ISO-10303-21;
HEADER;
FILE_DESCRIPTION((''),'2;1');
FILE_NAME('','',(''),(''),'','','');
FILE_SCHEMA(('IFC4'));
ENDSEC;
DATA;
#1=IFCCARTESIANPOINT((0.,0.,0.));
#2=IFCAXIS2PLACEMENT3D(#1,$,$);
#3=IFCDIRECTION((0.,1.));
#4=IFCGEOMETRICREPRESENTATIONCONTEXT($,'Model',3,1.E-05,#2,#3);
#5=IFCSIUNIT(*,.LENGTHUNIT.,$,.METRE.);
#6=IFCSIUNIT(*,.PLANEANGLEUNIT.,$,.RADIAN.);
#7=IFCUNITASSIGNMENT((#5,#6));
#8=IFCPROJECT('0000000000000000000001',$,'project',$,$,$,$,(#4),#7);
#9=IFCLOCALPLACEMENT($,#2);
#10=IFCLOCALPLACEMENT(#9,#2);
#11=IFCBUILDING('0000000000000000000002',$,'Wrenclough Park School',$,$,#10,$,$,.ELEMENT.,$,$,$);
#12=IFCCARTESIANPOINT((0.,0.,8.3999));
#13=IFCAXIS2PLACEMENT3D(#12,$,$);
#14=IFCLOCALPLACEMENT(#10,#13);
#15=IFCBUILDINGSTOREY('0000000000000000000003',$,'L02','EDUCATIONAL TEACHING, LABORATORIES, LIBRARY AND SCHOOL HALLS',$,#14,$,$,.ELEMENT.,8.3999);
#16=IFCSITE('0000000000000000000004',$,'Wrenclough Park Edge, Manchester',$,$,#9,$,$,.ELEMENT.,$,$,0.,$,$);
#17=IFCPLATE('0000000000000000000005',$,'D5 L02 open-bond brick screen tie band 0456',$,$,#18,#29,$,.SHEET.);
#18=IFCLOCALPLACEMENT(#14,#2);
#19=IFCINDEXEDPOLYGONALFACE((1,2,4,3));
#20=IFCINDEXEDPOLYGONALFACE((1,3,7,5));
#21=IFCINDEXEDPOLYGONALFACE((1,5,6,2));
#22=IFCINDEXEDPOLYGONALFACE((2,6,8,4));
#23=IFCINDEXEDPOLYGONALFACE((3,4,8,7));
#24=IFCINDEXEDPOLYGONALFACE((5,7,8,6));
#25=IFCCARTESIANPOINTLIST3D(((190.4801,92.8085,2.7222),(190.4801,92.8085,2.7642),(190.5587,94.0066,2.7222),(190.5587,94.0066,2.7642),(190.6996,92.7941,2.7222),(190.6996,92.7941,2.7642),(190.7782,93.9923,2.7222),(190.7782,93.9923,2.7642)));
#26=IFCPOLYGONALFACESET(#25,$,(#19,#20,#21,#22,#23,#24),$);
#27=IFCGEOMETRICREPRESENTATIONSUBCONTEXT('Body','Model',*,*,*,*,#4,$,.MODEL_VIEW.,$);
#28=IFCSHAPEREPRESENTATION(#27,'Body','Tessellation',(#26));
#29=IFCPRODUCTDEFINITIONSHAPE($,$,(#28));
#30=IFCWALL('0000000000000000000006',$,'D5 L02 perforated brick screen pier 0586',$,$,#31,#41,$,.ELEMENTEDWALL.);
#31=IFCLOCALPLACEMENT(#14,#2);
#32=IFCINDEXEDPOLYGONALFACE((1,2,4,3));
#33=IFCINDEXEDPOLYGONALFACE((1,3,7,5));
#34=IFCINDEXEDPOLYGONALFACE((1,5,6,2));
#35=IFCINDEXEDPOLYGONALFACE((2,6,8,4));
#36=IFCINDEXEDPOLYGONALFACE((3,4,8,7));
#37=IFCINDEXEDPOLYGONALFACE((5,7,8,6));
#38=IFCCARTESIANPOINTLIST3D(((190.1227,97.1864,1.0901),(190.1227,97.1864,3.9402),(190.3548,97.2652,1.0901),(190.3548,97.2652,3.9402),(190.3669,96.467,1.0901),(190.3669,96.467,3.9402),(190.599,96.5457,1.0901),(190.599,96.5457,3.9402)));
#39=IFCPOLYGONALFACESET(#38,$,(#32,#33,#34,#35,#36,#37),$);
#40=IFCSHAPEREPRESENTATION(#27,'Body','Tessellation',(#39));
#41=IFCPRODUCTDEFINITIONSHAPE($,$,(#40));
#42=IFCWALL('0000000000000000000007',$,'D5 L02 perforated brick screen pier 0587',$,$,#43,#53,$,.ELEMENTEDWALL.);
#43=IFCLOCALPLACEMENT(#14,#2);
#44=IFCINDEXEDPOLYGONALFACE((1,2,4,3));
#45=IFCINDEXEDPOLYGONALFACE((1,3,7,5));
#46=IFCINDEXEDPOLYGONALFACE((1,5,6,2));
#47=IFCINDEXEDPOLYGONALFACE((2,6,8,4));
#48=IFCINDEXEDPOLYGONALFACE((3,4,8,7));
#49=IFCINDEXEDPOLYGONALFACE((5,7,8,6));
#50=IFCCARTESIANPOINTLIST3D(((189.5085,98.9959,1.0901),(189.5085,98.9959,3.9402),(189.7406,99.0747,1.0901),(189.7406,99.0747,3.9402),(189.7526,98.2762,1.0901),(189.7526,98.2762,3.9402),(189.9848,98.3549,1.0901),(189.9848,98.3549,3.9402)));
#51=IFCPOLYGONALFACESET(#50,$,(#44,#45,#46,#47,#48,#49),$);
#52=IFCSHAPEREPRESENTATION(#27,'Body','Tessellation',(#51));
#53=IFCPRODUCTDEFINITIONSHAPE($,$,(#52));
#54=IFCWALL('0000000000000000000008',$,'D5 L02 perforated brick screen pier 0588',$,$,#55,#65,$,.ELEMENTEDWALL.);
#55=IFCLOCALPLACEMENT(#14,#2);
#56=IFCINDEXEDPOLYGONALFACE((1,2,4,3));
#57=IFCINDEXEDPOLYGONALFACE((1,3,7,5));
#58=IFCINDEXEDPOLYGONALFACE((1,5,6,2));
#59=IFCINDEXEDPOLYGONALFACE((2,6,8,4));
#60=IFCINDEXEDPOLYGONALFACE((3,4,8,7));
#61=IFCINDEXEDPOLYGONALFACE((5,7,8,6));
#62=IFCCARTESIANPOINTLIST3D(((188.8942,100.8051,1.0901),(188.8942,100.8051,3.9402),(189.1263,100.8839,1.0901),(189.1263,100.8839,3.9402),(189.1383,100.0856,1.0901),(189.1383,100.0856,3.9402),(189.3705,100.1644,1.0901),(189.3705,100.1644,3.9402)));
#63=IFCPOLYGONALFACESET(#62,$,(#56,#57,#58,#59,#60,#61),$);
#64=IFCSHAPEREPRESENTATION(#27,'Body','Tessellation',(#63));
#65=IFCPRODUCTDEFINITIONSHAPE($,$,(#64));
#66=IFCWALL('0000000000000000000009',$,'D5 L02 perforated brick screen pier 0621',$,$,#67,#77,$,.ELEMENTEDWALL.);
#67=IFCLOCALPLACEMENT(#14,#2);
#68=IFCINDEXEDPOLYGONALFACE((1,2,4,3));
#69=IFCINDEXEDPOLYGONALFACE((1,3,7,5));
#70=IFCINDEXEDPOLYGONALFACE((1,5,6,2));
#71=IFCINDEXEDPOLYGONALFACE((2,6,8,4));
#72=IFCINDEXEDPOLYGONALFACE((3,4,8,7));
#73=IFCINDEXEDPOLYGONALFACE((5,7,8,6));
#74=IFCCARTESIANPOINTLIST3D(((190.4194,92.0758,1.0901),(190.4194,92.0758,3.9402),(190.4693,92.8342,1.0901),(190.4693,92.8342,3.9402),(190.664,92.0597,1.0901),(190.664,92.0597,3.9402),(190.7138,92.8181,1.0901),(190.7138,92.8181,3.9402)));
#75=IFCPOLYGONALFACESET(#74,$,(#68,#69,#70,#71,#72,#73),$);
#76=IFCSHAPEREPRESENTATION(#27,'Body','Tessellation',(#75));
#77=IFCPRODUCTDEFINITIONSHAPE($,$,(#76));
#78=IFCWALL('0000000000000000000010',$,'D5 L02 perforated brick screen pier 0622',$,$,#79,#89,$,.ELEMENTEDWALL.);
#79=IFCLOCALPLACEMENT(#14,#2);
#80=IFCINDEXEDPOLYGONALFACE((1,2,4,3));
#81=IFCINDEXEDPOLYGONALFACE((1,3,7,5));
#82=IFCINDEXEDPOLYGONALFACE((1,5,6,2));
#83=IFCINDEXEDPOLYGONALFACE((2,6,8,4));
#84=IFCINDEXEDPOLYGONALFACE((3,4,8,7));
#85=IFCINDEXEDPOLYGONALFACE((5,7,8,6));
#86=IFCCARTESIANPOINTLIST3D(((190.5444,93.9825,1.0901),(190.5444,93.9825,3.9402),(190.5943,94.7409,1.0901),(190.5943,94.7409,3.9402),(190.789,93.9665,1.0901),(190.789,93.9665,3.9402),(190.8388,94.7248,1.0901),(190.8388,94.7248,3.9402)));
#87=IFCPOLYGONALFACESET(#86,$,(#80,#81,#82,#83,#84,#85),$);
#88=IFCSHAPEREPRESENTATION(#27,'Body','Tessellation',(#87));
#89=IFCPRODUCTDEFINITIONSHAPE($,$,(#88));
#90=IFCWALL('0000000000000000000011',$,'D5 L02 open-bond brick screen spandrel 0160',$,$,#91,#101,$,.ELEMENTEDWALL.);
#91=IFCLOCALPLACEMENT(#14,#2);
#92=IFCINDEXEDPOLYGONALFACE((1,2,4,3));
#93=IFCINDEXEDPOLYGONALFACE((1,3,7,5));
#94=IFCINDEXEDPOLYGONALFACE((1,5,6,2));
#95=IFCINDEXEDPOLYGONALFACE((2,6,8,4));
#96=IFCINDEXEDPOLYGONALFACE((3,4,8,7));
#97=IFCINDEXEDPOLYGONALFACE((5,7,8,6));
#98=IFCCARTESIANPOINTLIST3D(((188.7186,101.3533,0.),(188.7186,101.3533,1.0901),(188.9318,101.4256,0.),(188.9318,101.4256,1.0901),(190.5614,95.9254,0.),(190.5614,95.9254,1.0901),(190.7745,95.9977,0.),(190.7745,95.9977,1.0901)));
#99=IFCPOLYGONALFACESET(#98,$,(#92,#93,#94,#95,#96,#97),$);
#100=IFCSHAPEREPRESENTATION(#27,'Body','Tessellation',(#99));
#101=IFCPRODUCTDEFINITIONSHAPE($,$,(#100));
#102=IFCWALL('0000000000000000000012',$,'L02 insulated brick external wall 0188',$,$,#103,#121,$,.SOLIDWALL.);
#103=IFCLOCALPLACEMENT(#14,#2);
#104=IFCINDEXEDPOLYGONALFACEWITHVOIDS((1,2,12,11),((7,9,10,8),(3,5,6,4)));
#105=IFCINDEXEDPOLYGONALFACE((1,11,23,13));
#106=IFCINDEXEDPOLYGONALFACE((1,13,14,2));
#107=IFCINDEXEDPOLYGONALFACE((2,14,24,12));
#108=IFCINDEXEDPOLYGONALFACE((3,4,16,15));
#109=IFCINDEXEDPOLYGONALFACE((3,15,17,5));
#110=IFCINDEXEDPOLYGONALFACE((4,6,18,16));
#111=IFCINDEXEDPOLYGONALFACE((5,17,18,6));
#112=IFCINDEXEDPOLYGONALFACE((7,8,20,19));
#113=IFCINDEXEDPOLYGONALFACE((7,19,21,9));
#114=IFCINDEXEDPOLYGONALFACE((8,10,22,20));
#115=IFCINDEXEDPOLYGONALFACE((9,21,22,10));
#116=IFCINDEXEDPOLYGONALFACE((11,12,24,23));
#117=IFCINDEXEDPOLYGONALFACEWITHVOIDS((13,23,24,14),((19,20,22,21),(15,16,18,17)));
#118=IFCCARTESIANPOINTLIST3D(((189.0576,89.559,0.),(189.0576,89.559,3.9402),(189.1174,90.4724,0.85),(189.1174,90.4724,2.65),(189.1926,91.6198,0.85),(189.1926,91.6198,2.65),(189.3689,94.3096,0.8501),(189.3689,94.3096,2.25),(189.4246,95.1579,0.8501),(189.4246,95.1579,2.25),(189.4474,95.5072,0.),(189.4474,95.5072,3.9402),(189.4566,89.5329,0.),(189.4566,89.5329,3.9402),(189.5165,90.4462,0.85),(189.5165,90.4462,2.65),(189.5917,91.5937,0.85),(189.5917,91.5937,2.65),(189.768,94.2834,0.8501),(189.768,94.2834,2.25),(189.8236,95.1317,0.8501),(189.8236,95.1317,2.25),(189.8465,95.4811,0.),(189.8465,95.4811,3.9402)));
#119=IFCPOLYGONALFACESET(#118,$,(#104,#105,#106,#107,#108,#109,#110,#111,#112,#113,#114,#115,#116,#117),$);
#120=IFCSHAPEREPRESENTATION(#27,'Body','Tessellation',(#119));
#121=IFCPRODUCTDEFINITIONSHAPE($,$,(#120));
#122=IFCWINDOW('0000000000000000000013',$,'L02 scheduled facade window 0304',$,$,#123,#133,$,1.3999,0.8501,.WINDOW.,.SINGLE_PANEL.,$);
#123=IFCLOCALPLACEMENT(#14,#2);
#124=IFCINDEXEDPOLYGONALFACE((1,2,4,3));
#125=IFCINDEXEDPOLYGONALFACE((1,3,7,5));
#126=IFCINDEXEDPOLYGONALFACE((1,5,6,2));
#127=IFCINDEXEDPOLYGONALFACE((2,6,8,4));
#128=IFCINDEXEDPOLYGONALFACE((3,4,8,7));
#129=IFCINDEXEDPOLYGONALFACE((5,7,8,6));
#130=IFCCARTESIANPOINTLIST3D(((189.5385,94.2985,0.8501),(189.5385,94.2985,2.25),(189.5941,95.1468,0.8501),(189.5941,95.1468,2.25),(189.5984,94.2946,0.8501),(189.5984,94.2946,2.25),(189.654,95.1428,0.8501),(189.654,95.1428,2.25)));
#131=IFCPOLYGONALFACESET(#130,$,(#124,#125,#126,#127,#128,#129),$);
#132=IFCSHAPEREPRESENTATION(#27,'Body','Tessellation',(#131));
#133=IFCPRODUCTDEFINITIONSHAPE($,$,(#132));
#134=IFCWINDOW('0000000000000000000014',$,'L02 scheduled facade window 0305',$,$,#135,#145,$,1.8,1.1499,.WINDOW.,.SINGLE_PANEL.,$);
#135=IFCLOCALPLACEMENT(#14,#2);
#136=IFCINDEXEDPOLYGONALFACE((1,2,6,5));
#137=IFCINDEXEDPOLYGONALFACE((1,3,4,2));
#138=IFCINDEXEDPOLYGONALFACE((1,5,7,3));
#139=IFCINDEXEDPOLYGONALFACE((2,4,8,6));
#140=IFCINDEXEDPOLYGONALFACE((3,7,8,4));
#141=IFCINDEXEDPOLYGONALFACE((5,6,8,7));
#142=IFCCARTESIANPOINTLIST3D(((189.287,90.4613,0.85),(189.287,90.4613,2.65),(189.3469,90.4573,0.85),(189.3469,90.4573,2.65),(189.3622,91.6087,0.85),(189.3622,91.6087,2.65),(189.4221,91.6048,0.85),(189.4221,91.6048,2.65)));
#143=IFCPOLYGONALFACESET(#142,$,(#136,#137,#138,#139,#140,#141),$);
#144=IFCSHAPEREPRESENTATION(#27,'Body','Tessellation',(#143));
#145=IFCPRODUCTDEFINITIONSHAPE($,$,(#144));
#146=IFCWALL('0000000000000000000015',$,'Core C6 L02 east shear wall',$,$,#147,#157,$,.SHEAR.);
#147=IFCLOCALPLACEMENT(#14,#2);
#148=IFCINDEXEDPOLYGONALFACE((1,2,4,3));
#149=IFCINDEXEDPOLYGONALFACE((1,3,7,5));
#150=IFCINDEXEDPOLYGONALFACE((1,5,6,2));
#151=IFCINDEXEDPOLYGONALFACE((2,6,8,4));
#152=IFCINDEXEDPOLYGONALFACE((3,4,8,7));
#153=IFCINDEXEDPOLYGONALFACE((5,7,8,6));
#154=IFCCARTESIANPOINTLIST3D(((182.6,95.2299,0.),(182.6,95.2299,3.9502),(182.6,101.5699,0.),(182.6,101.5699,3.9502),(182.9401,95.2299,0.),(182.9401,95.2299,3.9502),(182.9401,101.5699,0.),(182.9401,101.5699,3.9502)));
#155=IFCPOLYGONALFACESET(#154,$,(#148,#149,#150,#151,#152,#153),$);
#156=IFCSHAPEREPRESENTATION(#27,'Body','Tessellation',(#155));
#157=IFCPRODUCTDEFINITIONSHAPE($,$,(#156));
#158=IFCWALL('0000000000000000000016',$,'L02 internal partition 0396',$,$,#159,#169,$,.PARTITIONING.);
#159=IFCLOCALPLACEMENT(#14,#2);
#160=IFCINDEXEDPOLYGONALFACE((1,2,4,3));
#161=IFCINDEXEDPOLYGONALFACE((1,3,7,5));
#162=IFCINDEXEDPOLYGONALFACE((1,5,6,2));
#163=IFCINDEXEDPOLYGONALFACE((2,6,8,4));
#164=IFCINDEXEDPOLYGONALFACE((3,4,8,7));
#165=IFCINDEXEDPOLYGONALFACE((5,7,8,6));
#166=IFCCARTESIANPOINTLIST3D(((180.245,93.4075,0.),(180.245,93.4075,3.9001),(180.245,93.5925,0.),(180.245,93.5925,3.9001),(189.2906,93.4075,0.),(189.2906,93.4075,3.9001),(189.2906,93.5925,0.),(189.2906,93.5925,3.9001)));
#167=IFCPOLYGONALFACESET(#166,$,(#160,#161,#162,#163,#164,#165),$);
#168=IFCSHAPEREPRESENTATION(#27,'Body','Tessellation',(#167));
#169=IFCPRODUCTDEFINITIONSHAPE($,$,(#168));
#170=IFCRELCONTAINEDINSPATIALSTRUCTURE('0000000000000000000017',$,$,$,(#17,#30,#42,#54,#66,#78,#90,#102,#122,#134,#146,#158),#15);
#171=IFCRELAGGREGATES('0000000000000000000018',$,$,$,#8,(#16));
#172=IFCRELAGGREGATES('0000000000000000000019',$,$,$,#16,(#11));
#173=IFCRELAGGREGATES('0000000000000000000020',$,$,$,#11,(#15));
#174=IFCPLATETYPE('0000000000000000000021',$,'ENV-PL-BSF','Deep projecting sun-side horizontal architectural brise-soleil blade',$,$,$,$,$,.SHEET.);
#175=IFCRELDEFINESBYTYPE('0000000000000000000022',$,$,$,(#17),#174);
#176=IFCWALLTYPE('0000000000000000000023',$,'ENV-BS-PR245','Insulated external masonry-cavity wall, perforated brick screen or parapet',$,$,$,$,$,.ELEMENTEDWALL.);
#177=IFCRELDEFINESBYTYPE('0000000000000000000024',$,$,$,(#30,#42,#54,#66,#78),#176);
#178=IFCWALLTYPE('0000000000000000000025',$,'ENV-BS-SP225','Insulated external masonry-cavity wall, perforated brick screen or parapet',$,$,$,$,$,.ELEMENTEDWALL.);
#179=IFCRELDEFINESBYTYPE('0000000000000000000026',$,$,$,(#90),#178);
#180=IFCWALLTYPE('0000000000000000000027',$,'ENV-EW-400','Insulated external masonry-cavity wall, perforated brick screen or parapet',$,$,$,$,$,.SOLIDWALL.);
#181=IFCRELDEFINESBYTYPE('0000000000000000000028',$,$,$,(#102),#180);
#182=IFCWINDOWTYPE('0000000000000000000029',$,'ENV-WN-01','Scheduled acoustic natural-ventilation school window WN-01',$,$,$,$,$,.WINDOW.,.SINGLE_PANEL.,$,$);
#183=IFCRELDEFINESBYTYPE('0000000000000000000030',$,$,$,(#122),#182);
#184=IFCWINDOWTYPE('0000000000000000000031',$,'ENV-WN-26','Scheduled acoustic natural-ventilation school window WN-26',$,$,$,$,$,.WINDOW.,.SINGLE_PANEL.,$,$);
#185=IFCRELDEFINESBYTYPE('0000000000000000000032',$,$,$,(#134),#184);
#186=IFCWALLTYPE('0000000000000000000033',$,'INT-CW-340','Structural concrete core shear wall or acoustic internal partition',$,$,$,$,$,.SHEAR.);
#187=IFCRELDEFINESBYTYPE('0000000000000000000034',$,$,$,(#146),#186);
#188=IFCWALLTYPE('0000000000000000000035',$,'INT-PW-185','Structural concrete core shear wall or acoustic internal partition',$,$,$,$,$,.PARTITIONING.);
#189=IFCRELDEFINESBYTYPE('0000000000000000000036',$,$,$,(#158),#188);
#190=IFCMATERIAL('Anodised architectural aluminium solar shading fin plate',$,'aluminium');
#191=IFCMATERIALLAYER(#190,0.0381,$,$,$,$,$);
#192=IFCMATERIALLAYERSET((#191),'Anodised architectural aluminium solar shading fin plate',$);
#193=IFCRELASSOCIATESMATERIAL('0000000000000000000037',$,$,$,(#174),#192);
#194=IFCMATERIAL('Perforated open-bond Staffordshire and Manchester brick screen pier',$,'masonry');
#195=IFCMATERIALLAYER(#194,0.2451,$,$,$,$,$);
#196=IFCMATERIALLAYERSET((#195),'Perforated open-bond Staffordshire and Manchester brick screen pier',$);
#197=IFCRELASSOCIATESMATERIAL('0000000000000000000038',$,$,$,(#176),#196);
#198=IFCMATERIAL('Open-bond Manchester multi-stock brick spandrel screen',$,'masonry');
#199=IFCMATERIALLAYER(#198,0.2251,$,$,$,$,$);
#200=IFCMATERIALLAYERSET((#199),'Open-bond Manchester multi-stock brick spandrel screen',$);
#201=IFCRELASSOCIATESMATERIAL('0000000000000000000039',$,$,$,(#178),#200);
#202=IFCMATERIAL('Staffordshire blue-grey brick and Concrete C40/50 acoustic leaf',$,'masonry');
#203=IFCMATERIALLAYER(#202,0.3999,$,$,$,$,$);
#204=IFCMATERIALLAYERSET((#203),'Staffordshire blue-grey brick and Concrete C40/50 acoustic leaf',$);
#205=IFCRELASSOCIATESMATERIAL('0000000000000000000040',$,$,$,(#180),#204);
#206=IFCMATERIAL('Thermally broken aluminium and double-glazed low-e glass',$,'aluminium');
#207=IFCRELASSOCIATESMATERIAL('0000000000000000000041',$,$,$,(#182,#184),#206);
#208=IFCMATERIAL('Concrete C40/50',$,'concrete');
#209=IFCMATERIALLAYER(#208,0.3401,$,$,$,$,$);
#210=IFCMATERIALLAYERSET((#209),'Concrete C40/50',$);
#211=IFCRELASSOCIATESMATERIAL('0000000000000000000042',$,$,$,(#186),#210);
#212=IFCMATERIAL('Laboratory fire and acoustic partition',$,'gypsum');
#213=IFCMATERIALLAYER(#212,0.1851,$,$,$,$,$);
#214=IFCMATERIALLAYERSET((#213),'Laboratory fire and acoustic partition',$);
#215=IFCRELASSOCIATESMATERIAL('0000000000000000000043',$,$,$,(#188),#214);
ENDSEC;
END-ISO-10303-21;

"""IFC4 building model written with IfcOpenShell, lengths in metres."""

from ifc_helpers import new_model, si_unit, direction, frame, frame_2d, origin, origin_2d, place, context, subcontext, project, spatial, rectangle, extrude, material, layer, layer_set, type_object, element, fill, save


model = new_model("IFC4")

# Units and contexts
model_context = context("Model", 3, precision=1e-05, world=origin(), true_north=direction((0.0, 1.0)))
body_context = subcontext(model_context, "Body", "Model", "MODEL_VIEW")
ifc_project = project(units=[si_unit("LENGTHUNIT", "METRE"), si_unit("PLANEANGLEUNIT", "RADIAN")], contexts=[model_context])

# Site, building, storey
site_placement = place(None, origin())
site = spatial("IfcSite", under=ifc_project, at=site_placement, Name="Wrenclough Park Edge, Manchester", CompositionType="ELEMENT", RefElevation=0.0)
building_placement = place(site_placement, origin())
building = spatial("IfcBuilding", under=site, at=building_placement, Name="Wrenclough Park School", CompositionType="ELEMENT")
storey_placement = place(building_placement, frame((0.0, 0.0, 8.3999)))
storey = spatial("IfcBuildingStorey", under=building, at=storey_placement, Name="L02", Description="EDUCATIONAL TEACHING, LABORATORIES, LIBRARY AND SCHOOL HALLS", CompositionType="ELEMENT", Elevation=8.3999)

# Shared definitions
ifc_material_1 = material(Name="Concrete C40/50", Category="concrete")

# Plate
ifc_material_2 = material(Name="Anodised architectural aluminium solar shading fin plate", Category="aluminium")
ifc_layer_1 = layer(ifc_material_2, 0.0381)
ifc_layer_set_1 = layer_set([ifc_layer_1], Name="Anodised architectural aluminium solar shading fin plate")
plate_type = type_object("IfcPlateType", Name="ENV-PL-BSF", Description="Deep projecting sun-side horizontal architectural brise-soleil blade", PredefinedType="SHEET", material=ifc_layer_set_1)
for number, where, z_axis, x_axis, name in (
    (1, (190.6292, 93.4004, 2.7222), (0.0, 0.0, 1.0), (0.065417, 0.997858, 0.0), "D5 L02 open-bond brick screen tie band 0456"),
):
    element("IfcPlate", number, at=place(storey_placement, frame(where, z_axis=z_axis, x_axis=x_axis)), inside=storey, type_object=plate_type, Name=name, PredefinedType="SHEET", context=body_context, shape_type="SweptSolid", body=[
        extrude(rectangle(XDim=1.2007, YDim=0.22, at=origin_2d()), origin(), (0.0, 0.0, 1.0), 0.042),
    ])

# Walls
ifc_material_3 = material(Name="Perforated open-bond Staffordshire and Manchester brick screen pier", Category="masonry")
ifc_layer_2 = layer(ifc_material_3, 0.2451)
ifc_layer_set_2 = layer_set([ifc_layer_2], Name="Perforated open-bond Staffordshire and Manchester brick screen pier")
wall_type_1 = type_object("IfcWallType", Name="ENV-BS-PR245", Description="Insulated external masonry-cavity wall, perforated brick screen or parapet", PredefinedType="ELEMENTEDWALL", material=ifc_layer_set_2)
wall_1_placement = place(storey_placement, frame((190.4829, 96.5063, 1.0901), z_axis=(0.0, 0.0, 1.0), x_axis=(-0.321332, 0.946966, 0.0)))
element("IfcWall", 2, at=wall_1_placement, inside=storey, type_object=wall_type_1, Name="D5 L02 perforated brick screen pier 0586", PredefinedType="ELEMENTEDWALL", context=body_context, shape_type="SweptSolid", body=[
    extrude(rectangle(XDim=0.7598, YDim=0.2451, at=frame_2d((0.3799, 0.0))), origin(), (0.0, 0.0, 1.0), 2.8501),
])
wall_2_placement = place(storey_placement, frame((189.8687, 98.3157, 1.0901), z_axis=(0.0, 0.0, 1.0), x_axis=(-0.321235, 0.947, 0.0)))
element("IfcWall", 3, at=wall_2_placement, inside=storey, type_object=wall_type_1, Name="D5 L02 perforated brick screen pier 0587", PredefinedType="ELEMENTEDWALL", context=body_context, shape_type="SweptSolid", body=[
    extrude(rectangle(XDim=0.76, YDim=0.2451, at=frame_2d((0.3799, 0.0))), origin(), (0.0, 0.0, 1.0), 2.8501),
])
wall_3_placement = place(storey_placement, frame((189.2544, 100.125, 1.0901), z_axis=(0.0, 0.0, 1.0), x_axis=(-0.321332, 0.946966, 0.0)))
element("IfcWall", 4, at=wall_3_placement, inside=storey, type_object=wall_type_1, Name="D5 L02 perforated brick screen pier 0588", PredefinedType="ELEMENTEDWALL", context=body_context, shape_type="SweptSolid", body=[
    extrude(rectangle(XDim=0.7598, YDim=0.2451, at=frame_2d((0.3799, 0.0))), origin(), (0.0, 0.0, 1.0), 2.8501),
])
for number, where, z_axis, x_axis, name in (
    (5, (190.5417, 92.0679, 1.0901), (0.0, 0.0, 1.0), (0.065538, 0.99785, 0.0), "D5 L02 perforated brick screen pier 0621"),
    (6, (190.6667, 93.9746, 1.0901), (0.0, 0.0, 1.0), (0.065538, 0.99785, 0.0), "D5 L02 perforated brick screen pier 0622"),
):
    element("IfcWall", number, at=place(storey_placement, frame(where, z_axis=z_axis, x_axis=x_axis)), inside=storey, type_object=wall_type_1, Name=name, PredefinedType="ELEMENTEDWALL", context=body_context, shape_type="SweptSolid", body=[
        extrude(rectangle(XDim=0.76, YDim=0.2451, at=frame_2d((0.3799, 0.0))), origin(), (0.0, 0.0, 1.0), 2.8501),
    ])
ifc_material_4 = material(Name="Open-bond Manchester multi-stock brick spandrel screen", Category="masonry")
ifc_layer_3 = layer(ifc_material_4, 0.2251)
ifc_layer_set_3 = layer_set([ifc_layer_3], Name="Open-bond Manchester multi-stock brick spandrel screen")
wall_type_2 = type_object("IfcWallType", Name="ENV-BS-SP225", Description="Insulated external masonry-cavity wall, perforated brick screen or parapet", PredefinedType="ELEMENTEDWALL", material=ifc_layer_set_3)
wall_4_placement = place(storey_placement, frame((190.668, 95.9614, 0.0), z_axis=(0.0, 0.0, 1.0), x_axis=(-0.321474, 0.946918, 0.0)))
element("IfcWall", 7, at=wall_4_placement, inside=storey, type_object=wall_type_2, Name="D5 L02 open-bond brick screen spandrel 0160", PredefinedType="ELEMENTEDWALL", context=body_context, shape_type="SweptSolid", body=[
    extrude(rectangle(XDim=5.7322, YDim=0.2251, at=frame_2d((2.8662, 0.0))), origin(), (0.0, 0.0, 1.0), 1.0901),
])

# Wall, openings, windows
ifc_material_5 = material(Name="Staffordshire blue-grey brick and Concrete C40/50 acoustic leaf", Category="masonry")
ifc_layer_4 = layer(ifc_material_5, 0.3999)
ifc_layer_set_4 = layer_set([ifc_layer_4], Name="Staffordshire blue-grey brick and Concrete C40/50 acoustic leaf")
wall_type_3 = type_object("IfcWallType", Name="ENV-EW-400", Description="Insulated external masonry-cavity wall, perforated brick screen or parapet", PredefinedType="SOLIDWALL", material=ifc_layer_set_4)
wall_5_placement = place(storey_placement, frame((189.647, 95.4941, 0.0), z_axis=(0.0, 0.0, 1.0), x_axis=(-0.065407, -0.997859, 0.0)))
wall_5 = element("IfcWall", 8, at=wall_5_placement, inside=storey, type_object=wall_type_3, Name="L02 insulated brick external wall 0188", PredefinedType="SOLIDWALL", context=body_context, shape_type="SweptSolid", body=[
    extrude(rectangle(XDim=5.9609, YDim=0.3999, at=frame_2d((2.9805, 0.0))), origin(), (0.0, 0.0, 1.0), 3.9402),
])
opening_1_placement = place(wall_5_placement, frame((0.3501, 0.0, 0.8501)))
opening_1 = element("IfcOpeningElement", 9, at=opening_1_placement, cuts=wall_5, PredefinedType="OPENING", context=body_context, shape_type="SweptSolid", body=[
    extrude(rectangle(XDim=0.8501, YDim=1.3999, at=frame_2d((0.425, 0.7))), frame((0.0, 0.21, 0.0), z_axis=(0.0, -1.0, 0.0), x_axis=(1.0, 0.0, 0.0)), (0.0, 0.0, 1.0), 0.4199),
])
opening_2_placement = place(wall_5_placement, frame((3.8958, 0.0, 0.8501)))
opening_2 = element("IfcOpeningElement", 10, at=opening_2_placement, cuts=wall_5, PredefinedType="OPENING", context=body_context, shape_type="SweptSolid", body=[
    extrude(rectangle(XDim=1.1499, YDim=1.8, at=frame_2d((0.575, 0.8999))), frame((0.0, 0.21, 0.0), z_axis=(0.0, -1.0, 0.0), x_axis=(1.0, 0.0, 0.0)), (0.0, 0.0, 1.0), 0.4199),
])
ifc_material_6 = material(Name="Thermally broken aluminium and double-glazed low-e glass", Category="aluminium")
window_type_1 = type_object("IfcWindowType", Name="ENV-WN-01", Description="Scheduled acoustic natural-ventilation school window WN-01", PartitioningType="SINGLE_PANEL", PredefinedType="WINDOW", material=ifc_material_6)
window_1_placement = place(opening_1_placement, origin())
window_1 = element("IfcWindow", 11, at=window_1_placement, inside=storey, type_object=window_type_1, Name="L02 scheduled facade window 0304", OverallHeight=1.3999, OverallWidth=0.8501, PartitioningType="SINGLE_PANEL", PredefinedType="WINDOW", context=body_context, shape_type="SweptSolid", body=[
    extrude(rectangle(XDim=0.8501, YDim=1.3999, at=frame_2d((0.425, 0.7))), frame((0.0, 0.03, 0.0), z_axis=(0.0, -1.0, 0.0), x_axis=(1.0, 0.0, 0.0)), (0.0, 0.0, 1.0), 0.0601),
])
fill(opening_1, window_1)
window_type_2 = type_object("IfcWindowType", Name="ENV-WN-26", Description="Scheduled acoustic natural-ventilation school window WN-26", PartitioningType="SINGLE_PANEL", PredefinedType="WINDOW", material=ifc_material_6)
window_2_placement = place(opening_2_placement, origin())
window_2 = element("IfcWindow", 12, at=window_2_placement, inside=storey, type_object=window_type_2, Name="L02 scheduled facade window 0305", OverallHeight=1.8, OverallWidth=1.1499, PartitioningType="SINGLE_PANEL", PredefinedType="WINDOW", context=body_context, shape_type="SweptSolid", body=[
    extrude(rectangle(XDim=1.1499, YDim=1.8, at=frame_2d((0.575, 0.8999))), frame((0.0, 0.03, 0.0), z_axis=(0.0, -1.0, 0.0), x_axis=(1.0, 0.0, 0.0)), (0.0, 0.0, 1.0), 0.0601),
])
fill(opening_2, window_2)

# Walls
ifc_layer_5 = layer(ifc_material_1, 0.3401)
ifc_layer_set_5 = layer_set([ifc_layer_5], Name="Concrete C40/50")
wall_type_4 = type_object("IfcWallType", Name="INT-CW-340", Description="Structural concrete core shear wall or acoustic internal partition", PredefinedType="SHEAR", material=ifc_layer_set_5)
wall_6_placement = place(storey_placement, frame((182.77, 95.23, 0.0), z_axis=(0.0, 0.0, 1.0), x_axis=(0.0, 1.0, 0.0)))
element("IfcWall", 13, at=wall_6_placement, inside=storey, type_object=wall_type_4, Name="Core C6 L02 east shear wall", PredefinedType="SHEAR", context=body_context, shape_type="SweptSolid", body=[
    extrude(rectangle(XDim=6.3401, YDim=0.3401, at=frame_2d((3.1699, 0.0))), origin(), (0.0, 0.0, 1.0), 3.9502),
])
ifc_material_7 = material(Name="Laboratory fire and acoustic partition", Category="gypsum")
ifc_layer_6 = layer(ifc_material_7, 0.1851)
ifc_layer_set_6 = layer_set([ifc_layer_6], Name="Laboratory fire and acoustic partition")
wall_type_5 = type_object("IfcWallType", Name="INT-PW-185", Description="Structural concrete core shear wall or acoustic internal partition", PredefinedType="PARTITIONING", material=ifc_layer_set_6)
wall_7_placement = place(storey_placement, frame((189.2908, 93.5, 0.0), z_axis=(0.0, 0.0, 1.0), x_axis=(-1.0, 0.0, 0.0)))
element("IfcWall", 14, at=wall_7_placement, inside=storey, type_object=wall_type_5, Name="L02 internal partition 0396", PredefinedType="PARTITIONING", context=body_context, shape_type="SweptSolid", body=[
    extrude(rectangle(XDim=9.0457, YDim=0.1851, at=frame_2d((4.5229, 0.0))), origin(), (0.0, 0.0, 1.0), 3.9001),
])

save(model, "model.ifc")
